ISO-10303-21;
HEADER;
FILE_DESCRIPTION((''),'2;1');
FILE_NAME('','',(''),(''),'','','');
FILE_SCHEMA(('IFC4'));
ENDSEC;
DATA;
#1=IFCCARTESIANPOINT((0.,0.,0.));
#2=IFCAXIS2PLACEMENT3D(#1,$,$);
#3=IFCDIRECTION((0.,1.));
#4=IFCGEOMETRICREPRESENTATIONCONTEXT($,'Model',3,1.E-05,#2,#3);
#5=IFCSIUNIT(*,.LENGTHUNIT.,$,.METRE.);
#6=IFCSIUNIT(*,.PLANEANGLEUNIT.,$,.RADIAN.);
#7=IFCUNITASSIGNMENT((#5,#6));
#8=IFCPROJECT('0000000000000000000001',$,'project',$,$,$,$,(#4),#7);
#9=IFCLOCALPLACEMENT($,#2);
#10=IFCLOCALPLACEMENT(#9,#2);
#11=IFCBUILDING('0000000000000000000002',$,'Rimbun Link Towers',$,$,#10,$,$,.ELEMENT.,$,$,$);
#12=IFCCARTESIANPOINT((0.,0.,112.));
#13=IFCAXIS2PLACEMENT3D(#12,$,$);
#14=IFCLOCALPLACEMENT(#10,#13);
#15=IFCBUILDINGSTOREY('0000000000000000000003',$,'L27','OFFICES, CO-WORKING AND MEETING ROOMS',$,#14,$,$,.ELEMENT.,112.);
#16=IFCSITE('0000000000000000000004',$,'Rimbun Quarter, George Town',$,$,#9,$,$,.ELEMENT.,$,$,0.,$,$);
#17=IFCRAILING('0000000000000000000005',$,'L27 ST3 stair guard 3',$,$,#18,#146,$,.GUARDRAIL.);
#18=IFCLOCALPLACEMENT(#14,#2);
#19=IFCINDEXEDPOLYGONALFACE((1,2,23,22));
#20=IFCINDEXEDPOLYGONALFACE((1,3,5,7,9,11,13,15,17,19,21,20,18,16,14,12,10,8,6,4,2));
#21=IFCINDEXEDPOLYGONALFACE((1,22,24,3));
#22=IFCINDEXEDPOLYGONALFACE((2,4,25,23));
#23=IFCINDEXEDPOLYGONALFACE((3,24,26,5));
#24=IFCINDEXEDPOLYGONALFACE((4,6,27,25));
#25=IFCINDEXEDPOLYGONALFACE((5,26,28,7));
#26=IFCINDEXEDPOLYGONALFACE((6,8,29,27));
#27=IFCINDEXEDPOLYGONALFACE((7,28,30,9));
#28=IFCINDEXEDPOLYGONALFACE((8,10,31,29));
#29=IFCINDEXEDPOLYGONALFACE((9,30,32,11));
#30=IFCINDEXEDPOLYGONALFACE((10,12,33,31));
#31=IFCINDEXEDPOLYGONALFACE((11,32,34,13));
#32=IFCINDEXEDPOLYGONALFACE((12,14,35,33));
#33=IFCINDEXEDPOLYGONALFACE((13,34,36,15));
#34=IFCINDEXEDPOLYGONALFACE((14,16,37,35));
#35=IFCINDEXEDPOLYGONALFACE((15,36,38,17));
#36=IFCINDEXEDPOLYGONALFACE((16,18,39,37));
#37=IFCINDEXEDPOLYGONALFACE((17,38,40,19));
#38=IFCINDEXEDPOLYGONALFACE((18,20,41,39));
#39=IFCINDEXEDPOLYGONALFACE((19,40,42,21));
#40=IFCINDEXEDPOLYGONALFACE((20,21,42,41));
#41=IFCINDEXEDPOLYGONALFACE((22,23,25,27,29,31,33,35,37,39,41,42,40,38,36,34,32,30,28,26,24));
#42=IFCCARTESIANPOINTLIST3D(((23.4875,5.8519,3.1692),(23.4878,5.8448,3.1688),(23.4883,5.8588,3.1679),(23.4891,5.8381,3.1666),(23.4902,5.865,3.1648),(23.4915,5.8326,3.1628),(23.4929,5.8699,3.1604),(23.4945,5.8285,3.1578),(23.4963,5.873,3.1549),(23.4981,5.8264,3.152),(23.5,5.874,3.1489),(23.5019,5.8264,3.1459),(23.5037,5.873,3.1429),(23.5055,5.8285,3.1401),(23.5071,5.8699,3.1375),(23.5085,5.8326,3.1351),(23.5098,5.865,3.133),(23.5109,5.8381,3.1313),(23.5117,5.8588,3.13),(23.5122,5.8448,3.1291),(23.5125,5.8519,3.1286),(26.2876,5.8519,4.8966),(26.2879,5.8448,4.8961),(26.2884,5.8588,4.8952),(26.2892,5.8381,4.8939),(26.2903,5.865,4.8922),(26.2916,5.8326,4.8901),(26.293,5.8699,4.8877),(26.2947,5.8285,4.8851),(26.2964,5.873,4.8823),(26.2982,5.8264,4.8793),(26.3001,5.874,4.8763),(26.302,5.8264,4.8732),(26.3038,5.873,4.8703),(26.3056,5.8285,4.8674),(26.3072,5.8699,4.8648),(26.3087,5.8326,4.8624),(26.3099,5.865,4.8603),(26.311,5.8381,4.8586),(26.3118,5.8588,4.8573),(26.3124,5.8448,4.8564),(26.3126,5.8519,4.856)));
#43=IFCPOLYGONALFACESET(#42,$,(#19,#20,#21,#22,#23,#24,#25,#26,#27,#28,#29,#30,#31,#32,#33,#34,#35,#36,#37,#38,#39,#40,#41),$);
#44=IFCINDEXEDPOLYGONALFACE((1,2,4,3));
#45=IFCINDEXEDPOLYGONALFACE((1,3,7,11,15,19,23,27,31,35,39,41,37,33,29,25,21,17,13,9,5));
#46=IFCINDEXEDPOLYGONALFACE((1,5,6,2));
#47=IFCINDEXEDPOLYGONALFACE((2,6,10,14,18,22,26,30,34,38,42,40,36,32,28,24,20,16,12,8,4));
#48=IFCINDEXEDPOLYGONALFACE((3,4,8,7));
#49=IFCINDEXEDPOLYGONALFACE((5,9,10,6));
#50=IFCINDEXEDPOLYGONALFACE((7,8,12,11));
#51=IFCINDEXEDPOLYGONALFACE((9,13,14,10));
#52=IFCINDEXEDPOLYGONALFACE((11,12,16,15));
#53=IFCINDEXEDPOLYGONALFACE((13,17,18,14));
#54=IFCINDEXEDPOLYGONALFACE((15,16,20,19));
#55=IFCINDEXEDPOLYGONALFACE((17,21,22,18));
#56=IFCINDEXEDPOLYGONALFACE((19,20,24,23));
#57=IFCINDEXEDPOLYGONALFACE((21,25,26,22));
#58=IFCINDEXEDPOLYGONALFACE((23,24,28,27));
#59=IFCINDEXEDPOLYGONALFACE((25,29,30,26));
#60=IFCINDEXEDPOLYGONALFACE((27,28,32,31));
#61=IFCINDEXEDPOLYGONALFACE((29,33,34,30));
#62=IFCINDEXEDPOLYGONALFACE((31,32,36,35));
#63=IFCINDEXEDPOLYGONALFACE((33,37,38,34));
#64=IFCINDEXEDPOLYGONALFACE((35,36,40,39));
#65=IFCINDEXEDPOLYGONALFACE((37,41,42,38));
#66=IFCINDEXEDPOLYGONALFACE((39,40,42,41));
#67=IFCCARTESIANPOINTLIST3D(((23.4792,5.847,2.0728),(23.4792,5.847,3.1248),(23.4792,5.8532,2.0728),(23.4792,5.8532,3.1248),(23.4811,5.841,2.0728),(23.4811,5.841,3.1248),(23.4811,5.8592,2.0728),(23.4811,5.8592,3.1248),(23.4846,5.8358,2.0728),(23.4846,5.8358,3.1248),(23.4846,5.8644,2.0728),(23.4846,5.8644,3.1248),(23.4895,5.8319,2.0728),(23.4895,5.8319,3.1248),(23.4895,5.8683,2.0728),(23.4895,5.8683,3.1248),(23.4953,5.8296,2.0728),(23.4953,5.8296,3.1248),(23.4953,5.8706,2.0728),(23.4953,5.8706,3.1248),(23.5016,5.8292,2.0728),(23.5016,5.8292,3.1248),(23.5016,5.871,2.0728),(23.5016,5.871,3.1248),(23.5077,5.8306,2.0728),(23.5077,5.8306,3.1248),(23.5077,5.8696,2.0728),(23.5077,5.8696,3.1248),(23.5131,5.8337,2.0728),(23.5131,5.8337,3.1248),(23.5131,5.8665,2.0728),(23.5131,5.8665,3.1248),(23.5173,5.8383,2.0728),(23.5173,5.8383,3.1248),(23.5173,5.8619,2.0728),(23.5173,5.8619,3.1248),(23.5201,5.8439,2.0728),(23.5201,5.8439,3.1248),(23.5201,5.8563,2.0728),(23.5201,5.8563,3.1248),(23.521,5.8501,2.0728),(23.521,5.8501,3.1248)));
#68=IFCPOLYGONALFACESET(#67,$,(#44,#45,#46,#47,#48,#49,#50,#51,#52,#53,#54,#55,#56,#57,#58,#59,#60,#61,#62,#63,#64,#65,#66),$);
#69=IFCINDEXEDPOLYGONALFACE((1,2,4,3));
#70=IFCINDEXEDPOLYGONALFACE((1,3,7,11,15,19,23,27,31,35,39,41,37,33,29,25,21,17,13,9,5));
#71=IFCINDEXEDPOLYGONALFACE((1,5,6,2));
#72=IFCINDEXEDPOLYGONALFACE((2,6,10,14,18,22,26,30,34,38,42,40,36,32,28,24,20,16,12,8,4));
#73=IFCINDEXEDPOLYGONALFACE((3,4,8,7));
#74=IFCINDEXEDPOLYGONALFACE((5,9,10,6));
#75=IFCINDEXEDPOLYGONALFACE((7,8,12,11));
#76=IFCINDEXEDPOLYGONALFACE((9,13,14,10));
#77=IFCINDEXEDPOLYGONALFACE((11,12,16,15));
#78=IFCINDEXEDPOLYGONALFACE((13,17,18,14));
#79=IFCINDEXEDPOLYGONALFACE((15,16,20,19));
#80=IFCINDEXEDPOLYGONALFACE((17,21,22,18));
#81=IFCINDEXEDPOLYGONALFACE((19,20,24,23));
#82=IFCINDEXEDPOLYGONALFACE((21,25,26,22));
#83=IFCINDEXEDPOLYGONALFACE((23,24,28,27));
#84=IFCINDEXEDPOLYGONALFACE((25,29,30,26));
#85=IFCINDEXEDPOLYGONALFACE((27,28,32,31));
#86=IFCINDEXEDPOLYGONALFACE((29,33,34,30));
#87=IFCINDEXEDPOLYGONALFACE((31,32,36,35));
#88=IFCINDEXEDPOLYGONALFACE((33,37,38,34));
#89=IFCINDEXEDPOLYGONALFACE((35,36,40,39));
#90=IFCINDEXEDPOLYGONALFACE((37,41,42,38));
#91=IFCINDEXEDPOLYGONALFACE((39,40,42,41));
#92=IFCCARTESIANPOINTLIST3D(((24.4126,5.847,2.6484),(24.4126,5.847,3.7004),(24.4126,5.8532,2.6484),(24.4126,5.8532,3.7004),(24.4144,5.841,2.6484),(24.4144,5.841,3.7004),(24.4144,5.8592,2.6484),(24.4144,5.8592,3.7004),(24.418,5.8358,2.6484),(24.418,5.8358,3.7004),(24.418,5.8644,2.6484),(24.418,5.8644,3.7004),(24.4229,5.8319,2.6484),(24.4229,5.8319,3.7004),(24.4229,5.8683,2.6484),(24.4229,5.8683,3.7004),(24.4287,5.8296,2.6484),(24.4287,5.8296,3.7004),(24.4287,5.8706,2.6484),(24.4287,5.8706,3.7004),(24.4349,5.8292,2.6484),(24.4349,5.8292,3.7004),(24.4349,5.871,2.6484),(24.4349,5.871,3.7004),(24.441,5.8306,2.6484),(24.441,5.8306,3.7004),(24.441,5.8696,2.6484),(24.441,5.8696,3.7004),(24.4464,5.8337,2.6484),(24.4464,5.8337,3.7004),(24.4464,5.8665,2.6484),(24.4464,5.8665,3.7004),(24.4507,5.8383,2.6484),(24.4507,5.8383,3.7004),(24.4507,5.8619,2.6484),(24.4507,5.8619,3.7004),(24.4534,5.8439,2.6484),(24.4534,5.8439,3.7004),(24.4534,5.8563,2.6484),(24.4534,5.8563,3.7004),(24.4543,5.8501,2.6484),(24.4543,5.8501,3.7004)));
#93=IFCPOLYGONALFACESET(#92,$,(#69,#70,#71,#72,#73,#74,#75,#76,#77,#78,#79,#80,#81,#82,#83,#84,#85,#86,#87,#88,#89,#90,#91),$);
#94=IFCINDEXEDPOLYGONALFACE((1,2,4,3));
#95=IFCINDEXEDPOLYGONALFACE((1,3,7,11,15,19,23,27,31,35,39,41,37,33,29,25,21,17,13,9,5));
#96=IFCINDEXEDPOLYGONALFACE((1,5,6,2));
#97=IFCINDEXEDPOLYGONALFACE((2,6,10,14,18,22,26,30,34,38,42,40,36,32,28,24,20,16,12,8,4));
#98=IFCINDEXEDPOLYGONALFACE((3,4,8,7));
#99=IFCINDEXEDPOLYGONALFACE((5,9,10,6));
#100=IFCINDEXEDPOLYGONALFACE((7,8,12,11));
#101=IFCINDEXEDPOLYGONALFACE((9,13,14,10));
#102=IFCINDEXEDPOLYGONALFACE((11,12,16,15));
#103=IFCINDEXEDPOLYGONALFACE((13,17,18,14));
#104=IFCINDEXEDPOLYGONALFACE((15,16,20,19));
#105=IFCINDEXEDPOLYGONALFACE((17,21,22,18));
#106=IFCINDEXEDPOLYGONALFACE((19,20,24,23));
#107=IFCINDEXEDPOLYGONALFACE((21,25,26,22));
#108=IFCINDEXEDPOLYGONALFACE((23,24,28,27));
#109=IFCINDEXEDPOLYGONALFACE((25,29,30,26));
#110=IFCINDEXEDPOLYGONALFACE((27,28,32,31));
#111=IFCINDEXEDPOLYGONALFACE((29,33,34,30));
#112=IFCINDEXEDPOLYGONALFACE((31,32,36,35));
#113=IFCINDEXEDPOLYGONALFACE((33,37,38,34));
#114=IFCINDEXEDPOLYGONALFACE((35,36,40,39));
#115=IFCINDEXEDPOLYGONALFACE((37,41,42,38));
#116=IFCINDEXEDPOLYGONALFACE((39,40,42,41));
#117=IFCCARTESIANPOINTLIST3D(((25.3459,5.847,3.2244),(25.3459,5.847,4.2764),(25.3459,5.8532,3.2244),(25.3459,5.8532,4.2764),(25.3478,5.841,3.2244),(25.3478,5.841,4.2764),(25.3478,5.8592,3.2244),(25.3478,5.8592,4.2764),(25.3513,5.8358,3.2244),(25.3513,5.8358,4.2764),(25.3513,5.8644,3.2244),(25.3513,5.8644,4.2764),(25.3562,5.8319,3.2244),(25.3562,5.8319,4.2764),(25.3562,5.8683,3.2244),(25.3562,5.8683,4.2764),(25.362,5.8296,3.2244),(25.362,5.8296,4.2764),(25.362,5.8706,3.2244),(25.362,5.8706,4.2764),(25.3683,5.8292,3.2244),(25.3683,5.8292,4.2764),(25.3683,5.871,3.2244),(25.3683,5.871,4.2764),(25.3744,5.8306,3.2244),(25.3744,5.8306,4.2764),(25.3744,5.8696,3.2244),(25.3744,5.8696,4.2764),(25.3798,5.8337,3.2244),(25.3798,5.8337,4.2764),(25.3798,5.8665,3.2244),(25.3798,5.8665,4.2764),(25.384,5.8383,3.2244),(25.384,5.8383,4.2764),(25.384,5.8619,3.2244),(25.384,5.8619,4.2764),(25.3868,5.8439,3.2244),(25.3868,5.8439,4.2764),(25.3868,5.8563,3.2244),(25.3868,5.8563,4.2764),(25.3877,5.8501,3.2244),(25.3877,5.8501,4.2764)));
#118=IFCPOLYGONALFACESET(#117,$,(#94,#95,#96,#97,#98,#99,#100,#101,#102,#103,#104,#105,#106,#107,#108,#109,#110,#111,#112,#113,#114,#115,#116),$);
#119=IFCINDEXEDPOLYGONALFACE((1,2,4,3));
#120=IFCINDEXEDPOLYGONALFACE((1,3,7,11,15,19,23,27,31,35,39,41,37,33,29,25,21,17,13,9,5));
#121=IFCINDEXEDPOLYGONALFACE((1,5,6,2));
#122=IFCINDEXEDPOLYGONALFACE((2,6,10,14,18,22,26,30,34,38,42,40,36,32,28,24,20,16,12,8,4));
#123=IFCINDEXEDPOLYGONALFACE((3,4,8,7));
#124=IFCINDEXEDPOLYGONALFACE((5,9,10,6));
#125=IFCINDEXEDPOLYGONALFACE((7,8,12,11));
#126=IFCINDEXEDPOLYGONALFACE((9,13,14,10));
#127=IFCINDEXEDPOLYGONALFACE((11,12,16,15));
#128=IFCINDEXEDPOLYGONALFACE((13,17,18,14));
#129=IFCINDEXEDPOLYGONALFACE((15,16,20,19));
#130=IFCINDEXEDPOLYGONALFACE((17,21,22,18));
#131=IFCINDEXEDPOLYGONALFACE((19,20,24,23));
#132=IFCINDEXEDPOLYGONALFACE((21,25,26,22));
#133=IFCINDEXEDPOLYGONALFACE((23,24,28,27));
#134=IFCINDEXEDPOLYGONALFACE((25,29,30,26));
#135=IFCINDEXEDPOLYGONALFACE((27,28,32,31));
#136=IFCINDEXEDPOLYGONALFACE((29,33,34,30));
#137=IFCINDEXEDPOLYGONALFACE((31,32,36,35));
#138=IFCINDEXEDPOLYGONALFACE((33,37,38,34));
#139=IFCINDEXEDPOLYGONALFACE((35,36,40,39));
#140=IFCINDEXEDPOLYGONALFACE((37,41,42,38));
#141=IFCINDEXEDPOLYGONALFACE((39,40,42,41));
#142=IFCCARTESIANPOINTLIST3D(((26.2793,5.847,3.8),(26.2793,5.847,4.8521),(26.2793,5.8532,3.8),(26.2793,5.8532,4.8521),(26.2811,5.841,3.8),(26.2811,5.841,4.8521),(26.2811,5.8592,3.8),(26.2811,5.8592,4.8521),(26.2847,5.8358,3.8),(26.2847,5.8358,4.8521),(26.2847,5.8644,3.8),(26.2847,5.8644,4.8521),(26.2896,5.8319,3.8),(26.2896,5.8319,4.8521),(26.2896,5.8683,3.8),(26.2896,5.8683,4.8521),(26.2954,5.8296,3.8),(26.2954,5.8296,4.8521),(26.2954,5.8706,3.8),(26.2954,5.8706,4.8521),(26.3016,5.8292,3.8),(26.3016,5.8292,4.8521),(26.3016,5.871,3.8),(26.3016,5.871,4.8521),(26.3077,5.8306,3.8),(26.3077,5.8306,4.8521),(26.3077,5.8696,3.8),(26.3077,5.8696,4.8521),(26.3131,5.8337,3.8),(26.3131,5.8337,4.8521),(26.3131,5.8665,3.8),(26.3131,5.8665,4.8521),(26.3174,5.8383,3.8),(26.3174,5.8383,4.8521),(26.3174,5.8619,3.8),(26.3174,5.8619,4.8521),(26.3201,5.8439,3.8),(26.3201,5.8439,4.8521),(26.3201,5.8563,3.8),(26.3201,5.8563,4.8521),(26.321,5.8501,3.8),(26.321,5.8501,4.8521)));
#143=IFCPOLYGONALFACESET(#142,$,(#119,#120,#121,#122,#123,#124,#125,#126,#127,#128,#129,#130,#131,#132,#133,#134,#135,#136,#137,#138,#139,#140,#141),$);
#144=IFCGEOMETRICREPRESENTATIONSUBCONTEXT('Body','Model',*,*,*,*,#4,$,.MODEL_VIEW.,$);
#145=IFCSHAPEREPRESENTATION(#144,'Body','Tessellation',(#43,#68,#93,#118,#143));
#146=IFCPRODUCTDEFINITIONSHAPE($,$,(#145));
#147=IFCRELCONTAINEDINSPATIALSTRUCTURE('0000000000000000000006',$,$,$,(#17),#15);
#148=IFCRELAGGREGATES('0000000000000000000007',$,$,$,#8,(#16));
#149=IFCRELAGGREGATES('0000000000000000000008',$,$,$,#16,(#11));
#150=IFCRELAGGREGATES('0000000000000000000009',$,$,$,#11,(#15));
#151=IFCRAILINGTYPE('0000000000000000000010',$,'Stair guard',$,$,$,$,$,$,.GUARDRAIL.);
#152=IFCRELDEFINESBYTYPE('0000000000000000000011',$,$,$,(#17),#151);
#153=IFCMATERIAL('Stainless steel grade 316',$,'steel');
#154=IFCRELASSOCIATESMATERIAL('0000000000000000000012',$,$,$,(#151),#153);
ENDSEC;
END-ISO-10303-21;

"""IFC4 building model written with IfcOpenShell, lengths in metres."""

from ifc_helpers import new_model, si_unit, direction, frame, origin, origin_2d, place, context, subcontext, project, spatial, circle, extrude, material, type_object, element, save


model = new_model("IFC4")

# Units and contexts
model_context = context("Model", 3, precision=1e-05, world=origin(), true_north=direction((0.0, 1.0)))
body_context = subcontext(model_context, "Body", "Model", "MODEL_VIEW")
ifc_project = project(units=[si_unit("LENGTHUNIT", "METRE"), si_unit("PLANEANGLEUNIT", "RADIAN")], contexts=[model_context])

# Site, building, storey
site_placement = place(None, origin())
site = spatial("IfcSite", under=ifc_project, at=site_placement, Name="Rimbun Quarter, George Town", CompositionType="ELEMENT", RefElevation=0.0)
building_placement = place(site_placement, origin())
building = spatial("IfcBuilding", under=site, at=building_placement, Name="Rimbun Link Towers", CompositionType="ELEMENT")
storey_placement = place(building_placement, frame((0.0, 0.0, 112.0)))
storey = spatial("IfcBuildingStorey", under=building, at=storey_placement, Name="L27", Description="OFFICES, CO-WORKING AND MEETING ROOMS", CompositionType="ELEMENT", Elevation=112.0)

# Railing
ifc_material_1 = material(Name="Stainless steel grade 316", Category="steel")
railing_type_1 = type_object("IfcRailingType", Name="Stair guard", PredefinedType="GUARDRAIL", material=ifc_material_1)
railing_1_placement = place(storey_placement, frame((23.5, 5.8501, 2.0728)))
element("IfcRailing", 1, at=railing_1_placement, inside=storey, type_object=railing_type_1, Name="L27 ST3 stair guard 3", PredefinedType="GUARDRAIL", context=body_context, shape_type="SweptSolid", body=[
    extrude(circle(Radius=0.0239, at=origin_2d()), frame((0.0, 0.0, 1.0762), z_axis=(0.85109, 0.0, 0.52502), x_axis=(0.0, 1.0, 0.0)), (0.0, 0.0, 1.0), 3.29),
    extrude(circle(Radius=0.021, at=origin_2d()), origin(), (0.0, 0.0, 1.0), 1.052),
    extrude(circle(Radius=0.021, at=origin_2d()), frame((0.9333, 0.0, 0.5757)), (0.0, 0.0, 1.0), 1.052),
    extrude(circle(Radius=0.021, at=origin_2d()), frame((1.8667, 0.0, 1.1516)), (0.0, 0.0, 1.0), 1.052),
    extrude(circle(Radius=0.021, at=origin_2d()), frame((2.8, 0.0, 1.7273)), (0.0, 0.0, 1.0), 1.052),
])

save(model, "model.ifc")
